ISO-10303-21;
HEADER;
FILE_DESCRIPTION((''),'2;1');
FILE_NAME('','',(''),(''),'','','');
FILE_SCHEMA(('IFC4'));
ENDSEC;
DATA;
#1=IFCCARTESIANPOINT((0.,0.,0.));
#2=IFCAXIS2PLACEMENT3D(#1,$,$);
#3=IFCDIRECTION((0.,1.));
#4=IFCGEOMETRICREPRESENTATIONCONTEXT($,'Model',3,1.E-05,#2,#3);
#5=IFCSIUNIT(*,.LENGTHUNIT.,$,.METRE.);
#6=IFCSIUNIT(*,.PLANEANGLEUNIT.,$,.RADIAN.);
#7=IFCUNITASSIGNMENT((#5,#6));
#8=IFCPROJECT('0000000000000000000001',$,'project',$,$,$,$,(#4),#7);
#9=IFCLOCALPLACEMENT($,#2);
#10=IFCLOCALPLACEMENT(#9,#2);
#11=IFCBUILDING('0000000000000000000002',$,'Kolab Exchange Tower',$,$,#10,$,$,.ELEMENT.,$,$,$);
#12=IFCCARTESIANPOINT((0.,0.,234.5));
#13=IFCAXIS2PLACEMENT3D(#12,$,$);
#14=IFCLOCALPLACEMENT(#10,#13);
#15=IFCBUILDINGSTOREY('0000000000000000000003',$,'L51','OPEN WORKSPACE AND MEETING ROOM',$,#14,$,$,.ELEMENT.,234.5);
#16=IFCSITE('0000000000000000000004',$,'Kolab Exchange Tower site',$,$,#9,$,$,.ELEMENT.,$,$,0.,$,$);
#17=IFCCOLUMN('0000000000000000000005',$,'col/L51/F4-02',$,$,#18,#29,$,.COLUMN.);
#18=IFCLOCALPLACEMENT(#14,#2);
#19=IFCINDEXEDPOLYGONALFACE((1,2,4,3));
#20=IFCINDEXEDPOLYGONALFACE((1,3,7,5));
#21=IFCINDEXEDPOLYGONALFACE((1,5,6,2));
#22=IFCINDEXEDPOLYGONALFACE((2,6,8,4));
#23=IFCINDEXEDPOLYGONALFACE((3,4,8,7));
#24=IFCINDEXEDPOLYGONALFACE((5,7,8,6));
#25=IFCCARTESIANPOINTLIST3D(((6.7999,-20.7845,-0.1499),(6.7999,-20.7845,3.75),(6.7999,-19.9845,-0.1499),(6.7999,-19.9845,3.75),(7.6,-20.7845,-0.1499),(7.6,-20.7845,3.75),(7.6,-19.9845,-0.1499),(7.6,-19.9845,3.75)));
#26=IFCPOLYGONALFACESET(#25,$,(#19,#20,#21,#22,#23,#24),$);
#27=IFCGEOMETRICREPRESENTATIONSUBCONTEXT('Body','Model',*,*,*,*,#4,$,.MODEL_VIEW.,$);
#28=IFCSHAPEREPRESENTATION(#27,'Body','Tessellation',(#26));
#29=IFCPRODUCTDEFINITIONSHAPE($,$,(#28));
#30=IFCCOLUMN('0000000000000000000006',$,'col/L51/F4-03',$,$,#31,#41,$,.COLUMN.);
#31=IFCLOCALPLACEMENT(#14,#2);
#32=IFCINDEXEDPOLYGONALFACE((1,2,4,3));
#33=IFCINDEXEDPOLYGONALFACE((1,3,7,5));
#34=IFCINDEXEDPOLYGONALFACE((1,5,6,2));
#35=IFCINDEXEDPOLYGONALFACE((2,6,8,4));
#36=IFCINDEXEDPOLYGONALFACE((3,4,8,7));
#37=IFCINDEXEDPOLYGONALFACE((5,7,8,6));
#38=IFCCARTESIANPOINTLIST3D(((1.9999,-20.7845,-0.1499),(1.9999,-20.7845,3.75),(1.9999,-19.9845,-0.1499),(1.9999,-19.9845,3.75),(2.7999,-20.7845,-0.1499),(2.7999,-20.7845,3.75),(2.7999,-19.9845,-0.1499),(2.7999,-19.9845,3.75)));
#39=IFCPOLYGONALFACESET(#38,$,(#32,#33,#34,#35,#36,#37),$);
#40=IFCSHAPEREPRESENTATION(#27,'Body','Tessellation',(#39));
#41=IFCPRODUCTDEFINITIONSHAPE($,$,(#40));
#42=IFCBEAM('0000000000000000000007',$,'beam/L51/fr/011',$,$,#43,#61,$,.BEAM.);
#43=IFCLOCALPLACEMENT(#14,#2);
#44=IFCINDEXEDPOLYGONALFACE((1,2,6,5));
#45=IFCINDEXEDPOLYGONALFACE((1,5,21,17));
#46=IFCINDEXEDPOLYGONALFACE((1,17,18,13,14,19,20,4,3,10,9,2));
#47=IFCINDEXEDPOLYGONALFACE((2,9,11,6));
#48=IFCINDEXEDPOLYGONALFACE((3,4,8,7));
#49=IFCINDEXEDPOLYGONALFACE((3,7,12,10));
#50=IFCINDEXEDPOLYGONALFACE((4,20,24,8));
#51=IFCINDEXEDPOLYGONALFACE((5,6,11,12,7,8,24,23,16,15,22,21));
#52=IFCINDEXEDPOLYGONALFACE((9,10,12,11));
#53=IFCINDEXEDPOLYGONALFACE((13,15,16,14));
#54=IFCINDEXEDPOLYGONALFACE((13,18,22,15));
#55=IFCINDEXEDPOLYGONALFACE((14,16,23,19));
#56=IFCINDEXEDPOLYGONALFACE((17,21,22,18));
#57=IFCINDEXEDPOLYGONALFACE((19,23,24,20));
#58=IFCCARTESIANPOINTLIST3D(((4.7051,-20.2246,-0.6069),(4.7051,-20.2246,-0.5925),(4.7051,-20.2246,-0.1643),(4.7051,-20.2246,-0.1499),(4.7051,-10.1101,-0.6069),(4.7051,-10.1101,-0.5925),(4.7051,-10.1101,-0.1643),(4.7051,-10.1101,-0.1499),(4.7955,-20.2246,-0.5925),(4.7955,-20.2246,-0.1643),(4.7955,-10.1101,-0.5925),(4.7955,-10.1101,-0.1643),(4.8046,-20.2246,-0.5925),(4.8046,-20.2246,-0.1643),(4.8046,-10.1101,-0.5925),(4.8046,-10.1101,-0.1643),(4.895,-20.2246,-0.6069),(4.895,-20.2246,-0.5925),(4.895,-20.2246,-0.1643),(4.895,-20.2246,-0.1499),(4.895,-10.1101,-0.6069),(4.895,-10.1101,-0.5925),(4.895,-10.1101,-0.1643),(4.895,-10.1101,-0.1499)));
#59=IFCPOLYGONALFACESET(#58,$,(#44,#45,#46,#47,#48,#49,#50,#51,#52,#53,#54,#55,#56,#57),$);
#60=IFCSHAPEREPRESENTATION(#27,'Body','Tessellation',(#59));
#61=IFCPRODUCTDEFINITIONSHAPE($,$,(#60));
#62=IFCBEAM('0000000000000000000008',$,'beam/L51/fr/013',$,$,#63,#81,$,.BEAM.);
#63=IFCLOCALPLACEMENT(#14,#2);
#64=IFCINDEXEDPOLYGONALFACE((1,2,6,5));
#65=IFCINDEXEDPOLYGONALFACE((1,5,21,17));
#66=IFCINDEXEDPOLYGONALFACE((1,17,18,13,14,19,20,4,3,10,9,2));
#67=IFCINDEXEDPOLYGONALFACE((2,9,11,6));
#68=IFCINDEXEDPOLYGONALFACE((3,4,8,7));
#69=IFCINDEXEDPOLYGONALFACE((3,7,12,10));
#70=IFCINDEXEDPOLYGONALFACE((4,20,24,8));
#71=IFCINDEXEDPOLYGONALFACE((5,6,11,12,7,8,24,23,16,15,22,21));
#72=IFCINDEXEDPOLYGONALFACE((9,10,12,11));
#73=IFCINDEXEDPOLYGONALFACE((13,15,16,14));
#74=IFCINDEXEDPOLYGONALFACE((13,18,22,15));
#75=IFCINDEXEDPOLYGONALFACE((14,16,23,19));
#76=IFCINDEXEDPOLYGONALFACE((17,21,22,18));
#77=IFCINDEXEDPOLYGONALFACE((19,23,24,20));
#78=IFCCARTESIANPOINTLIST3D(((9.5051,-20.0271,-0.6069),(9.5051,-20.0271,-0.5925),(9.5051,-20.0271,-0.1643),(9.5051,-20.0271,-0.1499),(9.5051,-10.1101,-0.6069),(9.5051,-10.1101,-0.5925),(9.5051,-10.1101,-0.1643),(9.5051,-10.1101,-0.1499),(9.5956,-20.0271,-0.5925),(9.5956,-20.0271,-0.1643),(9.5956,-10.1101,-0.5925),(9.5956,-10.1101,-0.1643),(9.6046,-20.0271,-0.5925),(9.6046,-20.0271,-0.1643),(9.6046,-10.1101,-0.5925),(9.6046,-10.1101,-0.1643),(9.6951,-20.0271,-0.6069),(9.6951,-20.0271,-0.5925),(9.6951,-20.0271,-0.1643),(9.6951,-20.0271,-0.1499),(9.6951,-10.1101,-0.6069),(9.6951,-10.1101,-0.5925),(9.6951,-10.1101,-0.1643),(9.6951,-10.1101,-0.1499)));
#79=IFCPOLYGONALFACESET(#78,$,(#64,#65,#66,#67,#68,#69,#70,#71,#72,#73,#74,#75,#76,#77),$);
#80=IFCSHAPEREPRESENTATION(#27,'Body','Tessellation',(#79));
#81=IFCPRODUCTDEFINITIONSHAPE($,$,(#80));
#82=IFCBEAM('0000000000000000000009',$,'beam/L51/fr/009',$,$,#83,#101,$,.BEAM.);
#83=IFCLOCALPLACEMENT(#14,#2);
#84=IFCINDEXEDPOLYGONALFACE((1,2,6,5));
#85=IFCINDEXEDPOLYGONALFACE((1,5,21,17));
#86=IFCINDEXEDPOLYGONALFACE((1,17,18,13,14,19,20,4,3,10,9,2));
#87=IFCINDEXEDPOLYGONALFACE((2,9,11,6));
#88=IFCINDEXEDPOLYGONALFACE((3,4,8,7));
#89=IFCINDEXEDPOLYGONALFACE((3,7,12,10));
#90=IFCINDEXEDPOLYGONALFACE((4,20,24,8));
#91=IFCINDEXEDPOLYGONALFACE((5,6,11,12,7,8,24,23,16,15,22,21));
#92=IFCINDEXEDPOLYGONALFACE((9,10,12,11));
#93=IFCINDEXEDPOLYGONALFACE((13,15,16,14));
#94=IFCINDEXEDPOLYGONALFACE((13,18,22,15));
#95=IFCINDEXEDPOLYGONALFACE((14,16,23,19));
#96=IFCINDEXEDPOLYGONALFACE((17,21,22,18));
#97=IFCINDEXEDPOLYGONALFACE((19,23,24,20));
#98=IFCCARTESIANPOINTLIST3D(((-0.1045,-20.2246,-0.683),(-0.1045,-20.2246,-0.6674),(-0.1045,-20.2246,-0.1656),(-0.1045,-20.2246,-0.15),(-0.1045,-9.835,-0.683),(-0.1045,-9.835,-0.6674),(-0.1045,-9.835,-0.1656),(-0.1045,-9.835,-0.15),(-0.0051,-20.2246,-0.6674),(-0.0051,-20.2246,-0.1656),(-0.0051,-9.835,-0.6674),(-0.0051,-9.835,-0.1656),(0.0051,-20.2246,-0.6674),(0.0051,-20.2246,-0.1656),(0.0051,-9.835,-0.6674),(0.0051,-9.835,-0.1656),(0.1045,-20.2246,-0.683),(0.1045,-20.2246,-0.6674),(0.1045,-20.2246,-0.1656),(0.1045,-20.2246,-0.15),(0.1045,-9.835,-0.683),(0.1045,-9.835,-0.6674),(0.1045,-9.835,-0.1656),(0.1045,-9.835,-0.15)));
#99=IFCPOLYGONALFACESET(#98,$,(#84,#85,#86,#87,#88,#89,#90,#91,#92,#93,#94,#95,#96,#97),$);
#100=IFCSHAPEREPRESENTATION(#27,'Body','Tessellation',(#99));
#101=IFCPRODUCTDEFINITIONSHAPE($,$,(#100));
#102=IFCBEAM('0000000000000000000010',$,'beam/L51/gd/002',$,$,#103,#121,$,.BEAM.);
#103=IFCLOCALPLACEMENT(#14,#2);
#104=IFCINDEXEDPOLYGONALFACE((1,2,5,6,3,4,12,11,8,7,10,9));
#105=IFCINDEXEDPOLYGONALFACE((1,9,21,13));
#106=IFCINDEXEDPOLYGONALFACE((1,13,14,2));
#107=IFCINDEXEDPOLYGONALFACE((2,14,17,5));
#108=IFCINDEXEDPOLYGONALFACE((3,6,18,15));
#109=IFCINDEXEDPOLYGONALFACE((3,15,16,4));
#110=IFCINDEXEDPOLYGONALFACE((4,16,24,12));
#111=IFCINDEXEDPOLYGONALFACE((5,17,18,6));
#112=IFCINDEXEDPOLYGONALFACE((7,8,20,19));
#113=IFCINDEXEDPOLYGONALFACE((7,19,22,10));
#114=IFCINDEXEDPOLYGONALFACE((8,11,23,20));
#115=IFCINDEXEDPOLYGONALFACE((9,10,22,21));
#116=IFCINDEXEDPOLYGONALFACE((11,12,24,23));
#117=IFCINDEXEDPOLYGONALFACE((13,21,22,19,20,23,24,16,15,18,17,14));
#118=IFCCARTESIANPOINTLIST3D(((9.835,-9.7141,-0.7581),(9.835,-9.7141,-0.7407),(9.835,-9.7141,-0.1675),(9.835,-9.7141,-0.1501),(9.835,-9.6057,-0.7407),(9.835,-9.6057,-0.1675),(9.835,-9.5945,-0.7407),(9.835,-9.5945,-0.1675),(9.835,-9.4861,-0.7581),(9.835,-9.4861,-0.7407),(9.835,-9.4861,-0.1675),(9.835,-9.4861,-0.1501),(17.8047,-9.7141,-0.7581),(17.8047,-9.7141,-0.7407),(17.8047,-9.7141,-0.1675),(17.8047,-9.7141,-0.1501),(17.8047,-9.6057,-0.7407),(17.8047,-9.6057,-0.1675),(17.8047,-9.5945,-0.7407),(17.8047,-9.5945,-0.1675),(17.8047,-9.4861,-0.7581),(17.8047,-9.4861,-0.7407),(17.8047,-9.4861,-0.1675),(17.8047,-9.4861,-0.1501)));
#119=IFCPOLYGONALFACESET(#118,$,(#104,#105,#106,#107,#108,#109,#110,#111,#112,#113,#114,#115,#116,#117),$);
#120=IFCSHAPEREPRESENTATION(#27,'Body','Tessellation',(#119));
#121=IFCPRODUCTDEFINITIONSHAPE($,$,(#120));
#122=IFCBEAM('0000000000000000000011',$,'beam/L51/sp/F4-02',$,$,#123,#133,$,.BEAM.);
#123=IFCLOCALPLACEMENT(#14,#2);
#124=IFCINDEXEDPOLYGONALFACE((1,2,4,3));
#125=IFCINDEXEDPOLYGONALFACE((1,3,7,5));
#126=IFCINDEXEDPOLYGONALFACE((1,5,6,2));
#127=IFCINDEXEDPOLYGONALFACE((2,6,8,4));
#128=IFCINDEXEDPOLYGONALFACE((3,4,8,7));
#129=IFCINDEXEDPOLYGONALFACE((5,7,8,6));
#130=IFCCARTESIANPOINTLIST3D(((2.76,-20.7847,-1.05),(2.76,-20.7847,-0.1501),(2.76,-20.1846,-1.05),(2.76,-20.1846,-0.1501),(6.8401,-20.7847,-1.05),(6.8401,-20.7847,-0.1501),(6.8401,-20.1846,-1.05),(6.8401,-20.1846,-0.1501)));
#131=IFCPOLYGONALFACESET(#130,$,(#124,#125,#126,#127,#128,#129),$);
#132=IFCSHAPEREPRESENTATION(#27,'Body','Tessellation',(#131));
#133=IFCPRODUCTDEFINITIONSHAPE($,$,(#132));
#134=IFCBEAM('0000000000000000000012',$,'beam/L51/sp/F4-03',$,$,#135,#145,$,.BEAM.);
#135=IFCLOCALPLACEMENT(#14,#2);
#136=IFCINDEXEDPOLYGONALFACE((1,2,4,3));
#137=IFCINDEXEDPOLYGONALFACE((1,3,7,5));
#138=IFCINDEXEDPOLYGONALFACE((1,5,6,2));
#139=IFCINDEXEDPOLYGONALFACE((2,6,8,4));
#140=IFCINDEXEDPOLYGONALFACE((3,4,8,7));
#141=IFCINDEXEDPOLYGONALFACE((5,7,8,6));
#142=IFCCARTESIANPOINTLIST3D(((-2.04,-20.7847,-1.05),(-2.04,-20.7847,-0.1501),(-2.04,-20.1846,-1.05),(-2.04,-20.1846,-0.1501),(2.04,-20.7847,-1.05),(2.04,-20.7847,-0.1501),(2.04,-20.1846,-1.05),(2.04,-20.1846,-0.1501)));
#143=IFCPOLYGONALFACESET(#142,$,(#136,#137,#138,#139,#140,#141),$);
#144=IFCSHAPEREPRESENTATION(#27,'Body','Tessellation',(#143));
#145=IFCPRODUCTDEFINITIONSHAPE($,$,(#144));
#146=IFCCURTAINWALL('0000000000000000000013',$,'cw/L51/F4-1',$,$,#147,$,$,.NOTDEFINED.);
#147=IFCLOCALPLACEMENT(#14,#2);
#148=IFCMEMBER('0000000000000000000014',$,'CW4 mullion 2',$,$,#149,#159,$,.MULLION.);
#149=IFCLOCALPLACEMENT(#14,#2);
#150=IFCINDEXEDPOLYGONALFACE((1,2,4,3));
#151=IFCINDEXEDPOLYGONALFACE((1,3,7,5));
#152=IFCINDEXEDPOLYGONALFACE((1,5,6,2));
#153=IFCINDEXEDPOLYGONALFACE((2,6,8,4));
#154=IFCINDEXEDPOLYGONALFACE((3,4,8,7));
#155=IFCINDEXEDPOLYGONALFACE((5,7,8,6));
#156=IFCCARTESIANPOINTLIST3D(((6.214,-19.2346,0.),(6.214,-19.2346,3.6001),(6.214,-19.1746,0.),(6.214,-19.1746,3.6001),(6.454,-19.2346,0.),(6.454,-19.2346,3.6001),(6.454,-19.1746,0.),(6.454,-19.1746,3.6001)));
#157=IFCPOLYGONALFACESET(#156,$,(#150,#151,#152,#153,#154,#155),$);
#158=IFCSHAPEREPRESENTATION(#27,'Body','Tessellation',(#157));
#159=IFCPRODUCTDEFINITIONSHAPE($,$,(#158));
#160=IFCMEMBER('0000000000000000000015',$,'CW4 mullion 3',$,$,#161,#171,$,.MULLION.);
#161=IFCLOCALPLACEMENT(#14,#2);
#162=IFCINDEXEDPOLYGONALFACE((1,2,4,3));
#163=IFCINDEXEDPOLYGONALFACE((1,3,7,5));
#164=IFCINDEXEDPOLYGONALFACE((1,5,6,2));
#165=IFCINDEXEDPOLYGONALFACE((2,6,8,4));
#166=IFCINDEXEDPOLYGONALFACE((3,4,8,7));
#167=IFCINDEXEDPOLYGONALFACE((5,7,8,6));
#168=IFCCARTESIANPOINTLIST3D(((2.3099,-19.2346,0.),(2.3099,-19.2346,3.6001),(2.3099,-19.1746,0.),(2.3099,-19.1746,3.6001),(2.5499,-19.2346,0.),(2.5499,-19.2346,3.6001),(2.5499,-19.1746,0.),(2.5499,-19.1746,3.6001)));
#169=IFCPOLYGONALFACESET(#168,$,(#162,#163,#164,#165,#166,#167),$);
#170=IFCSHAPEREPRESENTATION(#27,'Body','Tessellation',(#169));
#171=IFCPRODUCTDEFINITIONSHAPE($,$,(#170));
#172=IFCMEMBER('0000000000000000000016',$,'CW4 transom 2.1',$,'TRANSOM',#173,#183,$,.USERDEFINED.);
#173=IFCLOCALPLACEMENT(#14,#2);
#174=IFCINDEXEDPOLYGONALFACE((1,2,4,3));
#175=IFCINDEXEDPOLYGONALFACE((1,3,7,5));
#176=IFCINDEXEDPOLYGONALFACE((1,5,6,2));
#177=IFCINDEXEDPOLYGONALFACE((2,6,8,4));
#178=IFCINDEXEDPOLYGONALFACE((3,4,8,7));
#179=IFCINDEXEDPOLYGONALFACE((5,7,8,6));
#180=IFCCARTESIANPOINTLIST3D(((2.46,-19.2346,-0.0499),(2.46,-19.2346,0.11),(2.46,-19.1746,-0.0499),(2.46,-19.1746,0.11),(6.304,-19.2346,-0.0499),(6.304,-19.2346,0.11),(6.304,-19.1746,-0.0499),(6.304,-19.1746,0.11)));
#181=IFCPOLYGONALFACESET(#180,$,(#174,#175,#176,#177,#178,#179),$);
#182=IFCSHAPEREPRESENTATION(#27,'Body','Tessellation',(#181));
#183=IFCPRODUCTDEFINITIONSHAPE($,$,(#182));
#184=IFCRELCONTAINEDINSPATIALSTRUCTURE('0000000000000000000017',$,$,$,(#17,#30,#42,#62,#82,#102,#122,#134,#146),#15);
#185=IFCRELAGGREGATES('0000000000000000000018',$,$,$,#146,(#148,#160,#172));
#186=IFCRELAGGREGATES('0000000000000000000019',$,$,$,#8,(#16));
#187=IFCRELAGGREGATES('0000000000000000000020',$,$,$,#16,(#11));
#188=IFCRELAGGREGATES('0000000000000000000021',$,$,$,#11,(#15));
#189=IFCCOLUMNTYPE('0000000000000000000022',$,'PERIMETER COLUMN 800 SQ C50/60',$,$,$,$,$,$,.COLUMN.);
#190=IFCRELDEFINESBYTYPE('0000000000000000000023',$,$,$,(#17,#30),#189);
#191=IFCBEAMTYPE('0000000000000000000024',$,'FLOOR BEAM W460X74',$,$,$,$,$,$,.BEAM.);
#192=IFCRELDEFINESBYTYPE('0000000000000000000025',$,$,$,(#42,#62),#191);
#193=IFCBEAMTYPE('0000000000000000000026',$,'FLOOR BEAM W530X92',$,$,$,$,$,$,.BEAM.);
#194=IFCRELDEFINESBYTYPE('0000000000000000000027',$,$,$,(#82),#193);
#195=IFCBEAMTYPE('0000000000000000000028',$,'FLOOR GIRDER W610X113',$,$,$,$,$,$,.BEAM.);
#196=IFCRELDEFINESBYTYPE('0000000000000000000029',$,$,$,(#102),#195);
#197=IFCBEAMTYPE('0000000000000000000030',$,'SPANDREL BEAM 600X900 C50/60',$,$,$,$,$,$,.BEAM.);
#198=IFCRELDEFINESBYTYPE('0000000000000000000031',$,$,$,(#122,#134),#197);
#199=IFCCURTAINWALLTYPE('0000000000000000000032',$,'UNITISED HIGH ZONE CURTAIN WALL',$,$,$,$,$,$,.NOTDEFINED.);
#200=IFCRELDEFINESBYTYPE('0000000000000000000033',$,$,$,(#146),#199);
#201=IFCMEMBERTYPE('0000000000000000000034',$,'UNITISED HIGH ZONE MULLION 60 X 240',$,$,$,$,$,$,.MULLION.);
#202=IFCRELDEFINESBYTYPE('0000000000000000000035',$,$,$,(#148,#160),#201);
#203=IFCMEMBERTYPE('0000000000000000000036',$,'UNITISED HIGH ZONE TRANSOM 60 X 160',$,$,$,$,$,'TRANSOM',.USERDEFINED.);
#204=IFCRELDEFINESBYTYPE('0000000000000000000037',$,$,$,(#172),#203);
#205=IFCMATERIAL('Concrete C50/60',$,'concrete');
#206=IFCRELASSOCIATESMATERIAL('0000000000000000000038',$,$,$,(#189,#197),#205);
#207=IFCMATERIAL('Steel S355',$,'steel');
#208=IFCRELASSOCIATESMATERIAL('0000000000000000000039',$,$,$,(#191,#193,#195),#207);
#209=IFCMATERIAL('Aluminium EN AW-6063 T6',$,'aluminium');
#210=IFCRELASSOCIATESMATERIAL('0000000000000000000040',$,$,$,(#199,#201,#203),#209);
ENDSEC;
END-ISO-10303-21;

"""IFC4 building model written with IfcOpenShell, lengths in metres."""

from ifc_helpers import new_model, si_unit, direction, frame, origin, origin_2d, place, context, subcontext, project, spatial, rectangle, i_section, extrude, material, material_profile, profile_set, type_object, element, aggregate, save


model = new_model("IFC4")

# Units and contexts
model_context = context("Model", 3, precision=1e-05, world=origin(), true_north=direction((0.0, 1.0)))
body_context = subcontext(model_context, "Body", "Model", "MODEL_VIEW")
ifc_project = project(units=[si_unit("LENGTHUNIT", "METRE"), si_unit("PLANEANGLEUNIT", "RADIAN")], contexts=[model_context])

# Site, building, storey
site_placement = place(None, origin())
site = spatial("IfcSite", under=ifc_project, at=site_placement, Name="Kolab Exchange Tower site", CompositionType="ELEMENT", RefElevation=0.0)
building_placement = place(site_placement, origin())
building = spatial("IfcBuilding", under=site, at=building_placement, Name="Kolab Exchange Tower", CompositionType="ELEMENT")
storey_placement = place(building_placement, frame((0.0, 0.0, 234.5)))
storey = spatial("IfcBuildingStorey", under=building, at=storey_placement, Name="L51", Description="OPEN WORKSPACE AND MEETING ROOM", CompositionType="ELEMENT", Elevation=234.5)

# Columns
ifc_material_1 = material(Name="Concrete C50/60", Category="concrete")
ifc_material_profile_1 = material_profile(ifc_material_1, rectangle(XDim=0.8, YDim=0.8, at=origin_2d()), Name="RC800")
ifc_profile_set_1 = profile_set([ifc_material_profile_1], Name="Concrete C50/60")
column_type = type_object("IfcColumnType", Name="PERIMETER COLUMN 800 SQ C50/60", PredefinedType="COLUMN", material=ifc_profile_set_1)
for number, where, z_axis, x_axis, name in (
    (1, (7.2, -20.3845, -0.1499), (0.0, 0.0, 1.0), (1.0, 0.0, 0.0), "col/L51/F4-02"),
    (2, (2.3999, -20.3845, -0.1499), (0.0, 0.0, 1.0), (1.0, 0.0, 0.0), "col/L51/F4-03"),
):
    element("IfcColumn", number, at=place(storey_placement, frame(where, z_axis=z_axis, x_axis=x_axis)), inside=storey, type_object=column_type, Name=name, PredefinedType="COLUMN", context=body_context, shape_type="SweptSolid", body=[
        extrude(rectangle(XDim=0.8, YDim=0.8, at=origin_2d()), origin(), (0.0, 0.0, 1.0), 3.8999),
    ])

# Beams
ifc_material_2 = material(Name="Steel S355", Category="steel")
ifc_material_profile_2 = material_profile(ifc_material_2, i_section(OverallWidth=0.1899, OverallDepth=0.457, WebThickness=0.009, FlangeThickness=0.0144, at=origin_2d()), Name="W460X74")
ifc_profile_set_2 = profile_set([ifc_material_profile_2], Name="Steel S355")
beam_type_1 = type_object("IfcBeamType", Name="FLOOR BEAM W460X74", PredefinedType="BEAM", material=ifc_profile_set_2)
beam_1_placement = place(storey_placement, frame((4.8, -20.2246, -0.3784), z_axis=(0.0, 1.0, 0.0), x_axis=(-1.0, 0.0, 0.0)))
element("IfcBeam", 3, at=beam_1_placement, inside=storey, type_object=beam_type_1, Name="beam/L51/fr/011", PredefinedType="BEAM", context=body_context, shape_type="SweptSolid", body=[
    extrude(i_section(OverallWidth=0.1899, OverallDepth=0.457, WebThickness=0.009, FlangeThickness=0.0144, at=origin_2d()), origin(), (0.0, 0.0, 1.0), 10.1145),
])
beam_2_placement = place(storey_placement, frame((9.6001, -20.0271, -0.3784), z_axis=(0.0, 1.0, 0.0), x_axis=(-1.0, 0.0, 0.0)))
element("IfcBeam", 4, at=beam_2_placement, inside=storey, type_object=beam_type_1, Name="beam/L51/fr/013", PredefinedType="BEAM", context=body_context, shape_type="SweptSolid", body=[
    extrude(i_section(OverallWidth=0.1899, OverallDepth=0.457, WebThickness=0.009, FlangeThickness=0.0144, at=origin_2d()), origin(), (0.0, 0.0, 1.0), 9.917),
])
ifc_material_profile_3 = material_profile(ifc_material_2, i_section(OverallWidth=0.209, OverallDepth=0.533, WebThickness=0.0103, FlangeThickness=0.0156, at=origin_2d()), Name="W530X92")
ifc_profile_set_3 = profile_set([ifc_material_profile_3], Name="Steel S355")
beam_type_2 = type_object("IfcBeamType", Name="FLOOR BEAM W530X92", PredefinedType="BEAM", material=ifc_profile_set_3)
beam_3_placement = place(storey_placement, frame((0.0, -20.2246, -0.4165), z_axis=(0.0, 1.0, 0.0), x_axis=(-1.0, 0.0, 0.0)))
element("IfcBeam", 5, at=beam_3_placement, inside=storey, type_object=beam_type_2, Name="beam/L51/fr/009", PredefinedType="BEAM", context=body_context, shape_type="SweptSolid", body=[
    extrude(i_section(OverallWidth=0.209, OverallDepth=0.533, WebThickness=0.0103, FlangeThickness=0.0156, at=origin_2d()), origin(), (0.0, 0.0, 1.0), 10.3896),
])
ifc_material_profile_4 = material_profile(ifc_material_2, i_section(OverallWidth=0.228, OverallDepth=0.6079, WebThickness=0.0112, FlangeThickness=0.0173, at=origin_2d()), Name="W610X113")
ifc_profile_set_4 = profile_set([ifc_material_profile_4], Name="Steel S355")
beam_type_3 = type_object("IfcBeamType", Name="FLOOR GIRDER W610X113", PredefinedType="BEAM", material=ifc_profile_set_4)
beam_4_placement = place(storey_placement, frame((9.835, -9.6001, -0.4541), z_axis=(1.0, 0.0, 0.0), x_axis=(0.0, 1.0, 0.0)))
element("IfcBeam", 6, at=beam_4_placement, inside=storey, type_object=beam_type_3, Name="beam/L51/gd/002", PredefinedType="BEAM", context=body_context, shape_type="SweptSolid", body=[
    extrude(i_section(OverallWidth=0.228, OverallDepth=0.6079, WebThickness=0.0112, FlangeThickness=0.0173, at=origin_2d()), origin(), (0.0, 0.0, 1.0), 7.9697),
])
ifc_material_profile_5 = material_profile(ifc_material_1, rectangle(XDim=0.6001, YDim=0.8999, at=origin_2d()), Name="RC600X900")
ifc_profile_set_5 = profile_set([ifc_material_profile_5], Name="Concrete C50/60")
beam_type_4 = type_object("IfcBeamType", Name="SPANDREL BEAM 600X900 C50/60", PredefinedType="BEAM", material=ifc_profile_set_5)
for number, where, z_axis, x_axis, name in (
    (7, (6.8401, -20.4846, -0.6001), (-1.0, 0.0, 0.0), (0.0, -1.0, 0.0), "beam/L51/sp/F4-02"),
    (8, (2.04, -20.4846, -0.6001), (-1.0, 0.0, 0.0), (0.0, -1.0, 0.0), "beam/L51/sp/F4-03"),
):
    element("IfcBeam", number, at=place(storey_placement, frame(where, z_axis=z_axis, x_axis=x_axis)), inside=storey, type_object=beam_type_4, Name=name, PredefinedType="BEAM", context=body_context, shape_type="SweptSolid", body=[
        extrude(rectangle(XDim=0.6001, YDim=0.8999, at=origin_2d()), origin(), (0.0, 0.0, 1.0), 4.0801),
    ])

# Curtain wall, members
ifc_material_3 = material(Name="Aluminium EN AW-6063 T6", Category="aluminium")
curtain_wall_type = type_object("IfcCurtainWallType", Name="UNITISED HIGH ZONE CURTAIN WALL", PredefinedType="NOTDEFINED", material=ifc_material_3)
curtain_wall_placement = place(storey_placement, origin())
curtain_wall = element("IfcCurtainWall", 9, at=curtain_wall_placement, inside=storey, type_object=curtain_wall_type, Name="cw/L51/F4-1", PredefinedType="NOTDEFINED")
ifc_material_profile_6 = material_profile(ifc_material_3, rectangle(XDim=0.0601, YDim=0.24, at=origin_2d()), Name="RECT 60X240")
ifc_profile_set_6 = profile_set([ifc_material_profile_6], Name="Aluminium EN AW-6063 T6")
member_type_1 = type_object("IfcMemberType", Name="UNITISED HIGH ZONE MULLION 60 X 240", PredefinedType="MULLION", material=ifc_profile_set_6)
member_1_placement = place(storey_placement, frame((6.334, -19.2046, 0.0), z_axis=(0.0, 0.0, 1.0), x_axis=(0.0, -1.0, 0.0)))
member_1 = element("IfcMember", 10, at=member_1_placement, type_object=member_type_1, Name="CW4 mullion 2", PredefinedType="MULLION", context=body_context, shape_type="SweptSolid", body=[
    extrude(rectangle(XDim=0.0601, YDim=0.24, at=origin_2d()), origin(), (0.0, 0.0, 1.0), 3.6001),
])
member_2_placement = place(storey_placement, frame((2.4299, -19.2046, 0.0), z_axis=(0.0, 0.0, 1.0), x_axis=(0.0, -1.0, 0.0)))
member_2 = element("IfcMember", 11, at=member_2_placement, type_object=member_type_1, Name="CW4 mullion 3", PredefinedType="MULLION", context=body_context, shape_type="SweptSolid", body=[
    extrude(rectangle(XDim=0.0601, YDim=0.24, at=origin_2d()), origin(), (0.0, 0.0, 1.0), 3.6001),
])
ifc_material_profile_7 = material_profile(ifc_material_3, rectangle(XDim=0.0601, YDim=0.1599, at=origin_2d()), Name="RECT 60X160")
ifc_profile_set_7 = profile_set([ifc_material_profile_7], Name="Aluminium EN AW-6063 T6")
member_type_2 = type_object("IfcMemberType", Name="UNITISED HIGH ZONE TRANSOM 60 X 160", ElementType="TRANSOM", PredefinedType="USERDEFINED", material=ifc_profile_set_7)
member_3_placement = place(storey_placement, frame((6.304, -19.2046, 0.03), z_axis=(-1.0, 0.0, 0.0), x_axis=(0.0, -1.0, 0.0)))
member_3 = element("IfcMember", 12, at=member_3_placement, type_object=member_type_2, Name="CW4 transom 2.1", ObjectType="TRANSOM", PredefinedType="USERDEFINED", context=body_context, shape_type="SweptSolid", body=[
    extrude(rectangle(XDim=0.0601, YDim=0.1599, at=origin_2d()), origin(), (0.0, 0.0, 1.0), 3.844),
])
aggregate(curtain_wall, [member_1, member_2, member_3])

save(model, "model.ifc")
